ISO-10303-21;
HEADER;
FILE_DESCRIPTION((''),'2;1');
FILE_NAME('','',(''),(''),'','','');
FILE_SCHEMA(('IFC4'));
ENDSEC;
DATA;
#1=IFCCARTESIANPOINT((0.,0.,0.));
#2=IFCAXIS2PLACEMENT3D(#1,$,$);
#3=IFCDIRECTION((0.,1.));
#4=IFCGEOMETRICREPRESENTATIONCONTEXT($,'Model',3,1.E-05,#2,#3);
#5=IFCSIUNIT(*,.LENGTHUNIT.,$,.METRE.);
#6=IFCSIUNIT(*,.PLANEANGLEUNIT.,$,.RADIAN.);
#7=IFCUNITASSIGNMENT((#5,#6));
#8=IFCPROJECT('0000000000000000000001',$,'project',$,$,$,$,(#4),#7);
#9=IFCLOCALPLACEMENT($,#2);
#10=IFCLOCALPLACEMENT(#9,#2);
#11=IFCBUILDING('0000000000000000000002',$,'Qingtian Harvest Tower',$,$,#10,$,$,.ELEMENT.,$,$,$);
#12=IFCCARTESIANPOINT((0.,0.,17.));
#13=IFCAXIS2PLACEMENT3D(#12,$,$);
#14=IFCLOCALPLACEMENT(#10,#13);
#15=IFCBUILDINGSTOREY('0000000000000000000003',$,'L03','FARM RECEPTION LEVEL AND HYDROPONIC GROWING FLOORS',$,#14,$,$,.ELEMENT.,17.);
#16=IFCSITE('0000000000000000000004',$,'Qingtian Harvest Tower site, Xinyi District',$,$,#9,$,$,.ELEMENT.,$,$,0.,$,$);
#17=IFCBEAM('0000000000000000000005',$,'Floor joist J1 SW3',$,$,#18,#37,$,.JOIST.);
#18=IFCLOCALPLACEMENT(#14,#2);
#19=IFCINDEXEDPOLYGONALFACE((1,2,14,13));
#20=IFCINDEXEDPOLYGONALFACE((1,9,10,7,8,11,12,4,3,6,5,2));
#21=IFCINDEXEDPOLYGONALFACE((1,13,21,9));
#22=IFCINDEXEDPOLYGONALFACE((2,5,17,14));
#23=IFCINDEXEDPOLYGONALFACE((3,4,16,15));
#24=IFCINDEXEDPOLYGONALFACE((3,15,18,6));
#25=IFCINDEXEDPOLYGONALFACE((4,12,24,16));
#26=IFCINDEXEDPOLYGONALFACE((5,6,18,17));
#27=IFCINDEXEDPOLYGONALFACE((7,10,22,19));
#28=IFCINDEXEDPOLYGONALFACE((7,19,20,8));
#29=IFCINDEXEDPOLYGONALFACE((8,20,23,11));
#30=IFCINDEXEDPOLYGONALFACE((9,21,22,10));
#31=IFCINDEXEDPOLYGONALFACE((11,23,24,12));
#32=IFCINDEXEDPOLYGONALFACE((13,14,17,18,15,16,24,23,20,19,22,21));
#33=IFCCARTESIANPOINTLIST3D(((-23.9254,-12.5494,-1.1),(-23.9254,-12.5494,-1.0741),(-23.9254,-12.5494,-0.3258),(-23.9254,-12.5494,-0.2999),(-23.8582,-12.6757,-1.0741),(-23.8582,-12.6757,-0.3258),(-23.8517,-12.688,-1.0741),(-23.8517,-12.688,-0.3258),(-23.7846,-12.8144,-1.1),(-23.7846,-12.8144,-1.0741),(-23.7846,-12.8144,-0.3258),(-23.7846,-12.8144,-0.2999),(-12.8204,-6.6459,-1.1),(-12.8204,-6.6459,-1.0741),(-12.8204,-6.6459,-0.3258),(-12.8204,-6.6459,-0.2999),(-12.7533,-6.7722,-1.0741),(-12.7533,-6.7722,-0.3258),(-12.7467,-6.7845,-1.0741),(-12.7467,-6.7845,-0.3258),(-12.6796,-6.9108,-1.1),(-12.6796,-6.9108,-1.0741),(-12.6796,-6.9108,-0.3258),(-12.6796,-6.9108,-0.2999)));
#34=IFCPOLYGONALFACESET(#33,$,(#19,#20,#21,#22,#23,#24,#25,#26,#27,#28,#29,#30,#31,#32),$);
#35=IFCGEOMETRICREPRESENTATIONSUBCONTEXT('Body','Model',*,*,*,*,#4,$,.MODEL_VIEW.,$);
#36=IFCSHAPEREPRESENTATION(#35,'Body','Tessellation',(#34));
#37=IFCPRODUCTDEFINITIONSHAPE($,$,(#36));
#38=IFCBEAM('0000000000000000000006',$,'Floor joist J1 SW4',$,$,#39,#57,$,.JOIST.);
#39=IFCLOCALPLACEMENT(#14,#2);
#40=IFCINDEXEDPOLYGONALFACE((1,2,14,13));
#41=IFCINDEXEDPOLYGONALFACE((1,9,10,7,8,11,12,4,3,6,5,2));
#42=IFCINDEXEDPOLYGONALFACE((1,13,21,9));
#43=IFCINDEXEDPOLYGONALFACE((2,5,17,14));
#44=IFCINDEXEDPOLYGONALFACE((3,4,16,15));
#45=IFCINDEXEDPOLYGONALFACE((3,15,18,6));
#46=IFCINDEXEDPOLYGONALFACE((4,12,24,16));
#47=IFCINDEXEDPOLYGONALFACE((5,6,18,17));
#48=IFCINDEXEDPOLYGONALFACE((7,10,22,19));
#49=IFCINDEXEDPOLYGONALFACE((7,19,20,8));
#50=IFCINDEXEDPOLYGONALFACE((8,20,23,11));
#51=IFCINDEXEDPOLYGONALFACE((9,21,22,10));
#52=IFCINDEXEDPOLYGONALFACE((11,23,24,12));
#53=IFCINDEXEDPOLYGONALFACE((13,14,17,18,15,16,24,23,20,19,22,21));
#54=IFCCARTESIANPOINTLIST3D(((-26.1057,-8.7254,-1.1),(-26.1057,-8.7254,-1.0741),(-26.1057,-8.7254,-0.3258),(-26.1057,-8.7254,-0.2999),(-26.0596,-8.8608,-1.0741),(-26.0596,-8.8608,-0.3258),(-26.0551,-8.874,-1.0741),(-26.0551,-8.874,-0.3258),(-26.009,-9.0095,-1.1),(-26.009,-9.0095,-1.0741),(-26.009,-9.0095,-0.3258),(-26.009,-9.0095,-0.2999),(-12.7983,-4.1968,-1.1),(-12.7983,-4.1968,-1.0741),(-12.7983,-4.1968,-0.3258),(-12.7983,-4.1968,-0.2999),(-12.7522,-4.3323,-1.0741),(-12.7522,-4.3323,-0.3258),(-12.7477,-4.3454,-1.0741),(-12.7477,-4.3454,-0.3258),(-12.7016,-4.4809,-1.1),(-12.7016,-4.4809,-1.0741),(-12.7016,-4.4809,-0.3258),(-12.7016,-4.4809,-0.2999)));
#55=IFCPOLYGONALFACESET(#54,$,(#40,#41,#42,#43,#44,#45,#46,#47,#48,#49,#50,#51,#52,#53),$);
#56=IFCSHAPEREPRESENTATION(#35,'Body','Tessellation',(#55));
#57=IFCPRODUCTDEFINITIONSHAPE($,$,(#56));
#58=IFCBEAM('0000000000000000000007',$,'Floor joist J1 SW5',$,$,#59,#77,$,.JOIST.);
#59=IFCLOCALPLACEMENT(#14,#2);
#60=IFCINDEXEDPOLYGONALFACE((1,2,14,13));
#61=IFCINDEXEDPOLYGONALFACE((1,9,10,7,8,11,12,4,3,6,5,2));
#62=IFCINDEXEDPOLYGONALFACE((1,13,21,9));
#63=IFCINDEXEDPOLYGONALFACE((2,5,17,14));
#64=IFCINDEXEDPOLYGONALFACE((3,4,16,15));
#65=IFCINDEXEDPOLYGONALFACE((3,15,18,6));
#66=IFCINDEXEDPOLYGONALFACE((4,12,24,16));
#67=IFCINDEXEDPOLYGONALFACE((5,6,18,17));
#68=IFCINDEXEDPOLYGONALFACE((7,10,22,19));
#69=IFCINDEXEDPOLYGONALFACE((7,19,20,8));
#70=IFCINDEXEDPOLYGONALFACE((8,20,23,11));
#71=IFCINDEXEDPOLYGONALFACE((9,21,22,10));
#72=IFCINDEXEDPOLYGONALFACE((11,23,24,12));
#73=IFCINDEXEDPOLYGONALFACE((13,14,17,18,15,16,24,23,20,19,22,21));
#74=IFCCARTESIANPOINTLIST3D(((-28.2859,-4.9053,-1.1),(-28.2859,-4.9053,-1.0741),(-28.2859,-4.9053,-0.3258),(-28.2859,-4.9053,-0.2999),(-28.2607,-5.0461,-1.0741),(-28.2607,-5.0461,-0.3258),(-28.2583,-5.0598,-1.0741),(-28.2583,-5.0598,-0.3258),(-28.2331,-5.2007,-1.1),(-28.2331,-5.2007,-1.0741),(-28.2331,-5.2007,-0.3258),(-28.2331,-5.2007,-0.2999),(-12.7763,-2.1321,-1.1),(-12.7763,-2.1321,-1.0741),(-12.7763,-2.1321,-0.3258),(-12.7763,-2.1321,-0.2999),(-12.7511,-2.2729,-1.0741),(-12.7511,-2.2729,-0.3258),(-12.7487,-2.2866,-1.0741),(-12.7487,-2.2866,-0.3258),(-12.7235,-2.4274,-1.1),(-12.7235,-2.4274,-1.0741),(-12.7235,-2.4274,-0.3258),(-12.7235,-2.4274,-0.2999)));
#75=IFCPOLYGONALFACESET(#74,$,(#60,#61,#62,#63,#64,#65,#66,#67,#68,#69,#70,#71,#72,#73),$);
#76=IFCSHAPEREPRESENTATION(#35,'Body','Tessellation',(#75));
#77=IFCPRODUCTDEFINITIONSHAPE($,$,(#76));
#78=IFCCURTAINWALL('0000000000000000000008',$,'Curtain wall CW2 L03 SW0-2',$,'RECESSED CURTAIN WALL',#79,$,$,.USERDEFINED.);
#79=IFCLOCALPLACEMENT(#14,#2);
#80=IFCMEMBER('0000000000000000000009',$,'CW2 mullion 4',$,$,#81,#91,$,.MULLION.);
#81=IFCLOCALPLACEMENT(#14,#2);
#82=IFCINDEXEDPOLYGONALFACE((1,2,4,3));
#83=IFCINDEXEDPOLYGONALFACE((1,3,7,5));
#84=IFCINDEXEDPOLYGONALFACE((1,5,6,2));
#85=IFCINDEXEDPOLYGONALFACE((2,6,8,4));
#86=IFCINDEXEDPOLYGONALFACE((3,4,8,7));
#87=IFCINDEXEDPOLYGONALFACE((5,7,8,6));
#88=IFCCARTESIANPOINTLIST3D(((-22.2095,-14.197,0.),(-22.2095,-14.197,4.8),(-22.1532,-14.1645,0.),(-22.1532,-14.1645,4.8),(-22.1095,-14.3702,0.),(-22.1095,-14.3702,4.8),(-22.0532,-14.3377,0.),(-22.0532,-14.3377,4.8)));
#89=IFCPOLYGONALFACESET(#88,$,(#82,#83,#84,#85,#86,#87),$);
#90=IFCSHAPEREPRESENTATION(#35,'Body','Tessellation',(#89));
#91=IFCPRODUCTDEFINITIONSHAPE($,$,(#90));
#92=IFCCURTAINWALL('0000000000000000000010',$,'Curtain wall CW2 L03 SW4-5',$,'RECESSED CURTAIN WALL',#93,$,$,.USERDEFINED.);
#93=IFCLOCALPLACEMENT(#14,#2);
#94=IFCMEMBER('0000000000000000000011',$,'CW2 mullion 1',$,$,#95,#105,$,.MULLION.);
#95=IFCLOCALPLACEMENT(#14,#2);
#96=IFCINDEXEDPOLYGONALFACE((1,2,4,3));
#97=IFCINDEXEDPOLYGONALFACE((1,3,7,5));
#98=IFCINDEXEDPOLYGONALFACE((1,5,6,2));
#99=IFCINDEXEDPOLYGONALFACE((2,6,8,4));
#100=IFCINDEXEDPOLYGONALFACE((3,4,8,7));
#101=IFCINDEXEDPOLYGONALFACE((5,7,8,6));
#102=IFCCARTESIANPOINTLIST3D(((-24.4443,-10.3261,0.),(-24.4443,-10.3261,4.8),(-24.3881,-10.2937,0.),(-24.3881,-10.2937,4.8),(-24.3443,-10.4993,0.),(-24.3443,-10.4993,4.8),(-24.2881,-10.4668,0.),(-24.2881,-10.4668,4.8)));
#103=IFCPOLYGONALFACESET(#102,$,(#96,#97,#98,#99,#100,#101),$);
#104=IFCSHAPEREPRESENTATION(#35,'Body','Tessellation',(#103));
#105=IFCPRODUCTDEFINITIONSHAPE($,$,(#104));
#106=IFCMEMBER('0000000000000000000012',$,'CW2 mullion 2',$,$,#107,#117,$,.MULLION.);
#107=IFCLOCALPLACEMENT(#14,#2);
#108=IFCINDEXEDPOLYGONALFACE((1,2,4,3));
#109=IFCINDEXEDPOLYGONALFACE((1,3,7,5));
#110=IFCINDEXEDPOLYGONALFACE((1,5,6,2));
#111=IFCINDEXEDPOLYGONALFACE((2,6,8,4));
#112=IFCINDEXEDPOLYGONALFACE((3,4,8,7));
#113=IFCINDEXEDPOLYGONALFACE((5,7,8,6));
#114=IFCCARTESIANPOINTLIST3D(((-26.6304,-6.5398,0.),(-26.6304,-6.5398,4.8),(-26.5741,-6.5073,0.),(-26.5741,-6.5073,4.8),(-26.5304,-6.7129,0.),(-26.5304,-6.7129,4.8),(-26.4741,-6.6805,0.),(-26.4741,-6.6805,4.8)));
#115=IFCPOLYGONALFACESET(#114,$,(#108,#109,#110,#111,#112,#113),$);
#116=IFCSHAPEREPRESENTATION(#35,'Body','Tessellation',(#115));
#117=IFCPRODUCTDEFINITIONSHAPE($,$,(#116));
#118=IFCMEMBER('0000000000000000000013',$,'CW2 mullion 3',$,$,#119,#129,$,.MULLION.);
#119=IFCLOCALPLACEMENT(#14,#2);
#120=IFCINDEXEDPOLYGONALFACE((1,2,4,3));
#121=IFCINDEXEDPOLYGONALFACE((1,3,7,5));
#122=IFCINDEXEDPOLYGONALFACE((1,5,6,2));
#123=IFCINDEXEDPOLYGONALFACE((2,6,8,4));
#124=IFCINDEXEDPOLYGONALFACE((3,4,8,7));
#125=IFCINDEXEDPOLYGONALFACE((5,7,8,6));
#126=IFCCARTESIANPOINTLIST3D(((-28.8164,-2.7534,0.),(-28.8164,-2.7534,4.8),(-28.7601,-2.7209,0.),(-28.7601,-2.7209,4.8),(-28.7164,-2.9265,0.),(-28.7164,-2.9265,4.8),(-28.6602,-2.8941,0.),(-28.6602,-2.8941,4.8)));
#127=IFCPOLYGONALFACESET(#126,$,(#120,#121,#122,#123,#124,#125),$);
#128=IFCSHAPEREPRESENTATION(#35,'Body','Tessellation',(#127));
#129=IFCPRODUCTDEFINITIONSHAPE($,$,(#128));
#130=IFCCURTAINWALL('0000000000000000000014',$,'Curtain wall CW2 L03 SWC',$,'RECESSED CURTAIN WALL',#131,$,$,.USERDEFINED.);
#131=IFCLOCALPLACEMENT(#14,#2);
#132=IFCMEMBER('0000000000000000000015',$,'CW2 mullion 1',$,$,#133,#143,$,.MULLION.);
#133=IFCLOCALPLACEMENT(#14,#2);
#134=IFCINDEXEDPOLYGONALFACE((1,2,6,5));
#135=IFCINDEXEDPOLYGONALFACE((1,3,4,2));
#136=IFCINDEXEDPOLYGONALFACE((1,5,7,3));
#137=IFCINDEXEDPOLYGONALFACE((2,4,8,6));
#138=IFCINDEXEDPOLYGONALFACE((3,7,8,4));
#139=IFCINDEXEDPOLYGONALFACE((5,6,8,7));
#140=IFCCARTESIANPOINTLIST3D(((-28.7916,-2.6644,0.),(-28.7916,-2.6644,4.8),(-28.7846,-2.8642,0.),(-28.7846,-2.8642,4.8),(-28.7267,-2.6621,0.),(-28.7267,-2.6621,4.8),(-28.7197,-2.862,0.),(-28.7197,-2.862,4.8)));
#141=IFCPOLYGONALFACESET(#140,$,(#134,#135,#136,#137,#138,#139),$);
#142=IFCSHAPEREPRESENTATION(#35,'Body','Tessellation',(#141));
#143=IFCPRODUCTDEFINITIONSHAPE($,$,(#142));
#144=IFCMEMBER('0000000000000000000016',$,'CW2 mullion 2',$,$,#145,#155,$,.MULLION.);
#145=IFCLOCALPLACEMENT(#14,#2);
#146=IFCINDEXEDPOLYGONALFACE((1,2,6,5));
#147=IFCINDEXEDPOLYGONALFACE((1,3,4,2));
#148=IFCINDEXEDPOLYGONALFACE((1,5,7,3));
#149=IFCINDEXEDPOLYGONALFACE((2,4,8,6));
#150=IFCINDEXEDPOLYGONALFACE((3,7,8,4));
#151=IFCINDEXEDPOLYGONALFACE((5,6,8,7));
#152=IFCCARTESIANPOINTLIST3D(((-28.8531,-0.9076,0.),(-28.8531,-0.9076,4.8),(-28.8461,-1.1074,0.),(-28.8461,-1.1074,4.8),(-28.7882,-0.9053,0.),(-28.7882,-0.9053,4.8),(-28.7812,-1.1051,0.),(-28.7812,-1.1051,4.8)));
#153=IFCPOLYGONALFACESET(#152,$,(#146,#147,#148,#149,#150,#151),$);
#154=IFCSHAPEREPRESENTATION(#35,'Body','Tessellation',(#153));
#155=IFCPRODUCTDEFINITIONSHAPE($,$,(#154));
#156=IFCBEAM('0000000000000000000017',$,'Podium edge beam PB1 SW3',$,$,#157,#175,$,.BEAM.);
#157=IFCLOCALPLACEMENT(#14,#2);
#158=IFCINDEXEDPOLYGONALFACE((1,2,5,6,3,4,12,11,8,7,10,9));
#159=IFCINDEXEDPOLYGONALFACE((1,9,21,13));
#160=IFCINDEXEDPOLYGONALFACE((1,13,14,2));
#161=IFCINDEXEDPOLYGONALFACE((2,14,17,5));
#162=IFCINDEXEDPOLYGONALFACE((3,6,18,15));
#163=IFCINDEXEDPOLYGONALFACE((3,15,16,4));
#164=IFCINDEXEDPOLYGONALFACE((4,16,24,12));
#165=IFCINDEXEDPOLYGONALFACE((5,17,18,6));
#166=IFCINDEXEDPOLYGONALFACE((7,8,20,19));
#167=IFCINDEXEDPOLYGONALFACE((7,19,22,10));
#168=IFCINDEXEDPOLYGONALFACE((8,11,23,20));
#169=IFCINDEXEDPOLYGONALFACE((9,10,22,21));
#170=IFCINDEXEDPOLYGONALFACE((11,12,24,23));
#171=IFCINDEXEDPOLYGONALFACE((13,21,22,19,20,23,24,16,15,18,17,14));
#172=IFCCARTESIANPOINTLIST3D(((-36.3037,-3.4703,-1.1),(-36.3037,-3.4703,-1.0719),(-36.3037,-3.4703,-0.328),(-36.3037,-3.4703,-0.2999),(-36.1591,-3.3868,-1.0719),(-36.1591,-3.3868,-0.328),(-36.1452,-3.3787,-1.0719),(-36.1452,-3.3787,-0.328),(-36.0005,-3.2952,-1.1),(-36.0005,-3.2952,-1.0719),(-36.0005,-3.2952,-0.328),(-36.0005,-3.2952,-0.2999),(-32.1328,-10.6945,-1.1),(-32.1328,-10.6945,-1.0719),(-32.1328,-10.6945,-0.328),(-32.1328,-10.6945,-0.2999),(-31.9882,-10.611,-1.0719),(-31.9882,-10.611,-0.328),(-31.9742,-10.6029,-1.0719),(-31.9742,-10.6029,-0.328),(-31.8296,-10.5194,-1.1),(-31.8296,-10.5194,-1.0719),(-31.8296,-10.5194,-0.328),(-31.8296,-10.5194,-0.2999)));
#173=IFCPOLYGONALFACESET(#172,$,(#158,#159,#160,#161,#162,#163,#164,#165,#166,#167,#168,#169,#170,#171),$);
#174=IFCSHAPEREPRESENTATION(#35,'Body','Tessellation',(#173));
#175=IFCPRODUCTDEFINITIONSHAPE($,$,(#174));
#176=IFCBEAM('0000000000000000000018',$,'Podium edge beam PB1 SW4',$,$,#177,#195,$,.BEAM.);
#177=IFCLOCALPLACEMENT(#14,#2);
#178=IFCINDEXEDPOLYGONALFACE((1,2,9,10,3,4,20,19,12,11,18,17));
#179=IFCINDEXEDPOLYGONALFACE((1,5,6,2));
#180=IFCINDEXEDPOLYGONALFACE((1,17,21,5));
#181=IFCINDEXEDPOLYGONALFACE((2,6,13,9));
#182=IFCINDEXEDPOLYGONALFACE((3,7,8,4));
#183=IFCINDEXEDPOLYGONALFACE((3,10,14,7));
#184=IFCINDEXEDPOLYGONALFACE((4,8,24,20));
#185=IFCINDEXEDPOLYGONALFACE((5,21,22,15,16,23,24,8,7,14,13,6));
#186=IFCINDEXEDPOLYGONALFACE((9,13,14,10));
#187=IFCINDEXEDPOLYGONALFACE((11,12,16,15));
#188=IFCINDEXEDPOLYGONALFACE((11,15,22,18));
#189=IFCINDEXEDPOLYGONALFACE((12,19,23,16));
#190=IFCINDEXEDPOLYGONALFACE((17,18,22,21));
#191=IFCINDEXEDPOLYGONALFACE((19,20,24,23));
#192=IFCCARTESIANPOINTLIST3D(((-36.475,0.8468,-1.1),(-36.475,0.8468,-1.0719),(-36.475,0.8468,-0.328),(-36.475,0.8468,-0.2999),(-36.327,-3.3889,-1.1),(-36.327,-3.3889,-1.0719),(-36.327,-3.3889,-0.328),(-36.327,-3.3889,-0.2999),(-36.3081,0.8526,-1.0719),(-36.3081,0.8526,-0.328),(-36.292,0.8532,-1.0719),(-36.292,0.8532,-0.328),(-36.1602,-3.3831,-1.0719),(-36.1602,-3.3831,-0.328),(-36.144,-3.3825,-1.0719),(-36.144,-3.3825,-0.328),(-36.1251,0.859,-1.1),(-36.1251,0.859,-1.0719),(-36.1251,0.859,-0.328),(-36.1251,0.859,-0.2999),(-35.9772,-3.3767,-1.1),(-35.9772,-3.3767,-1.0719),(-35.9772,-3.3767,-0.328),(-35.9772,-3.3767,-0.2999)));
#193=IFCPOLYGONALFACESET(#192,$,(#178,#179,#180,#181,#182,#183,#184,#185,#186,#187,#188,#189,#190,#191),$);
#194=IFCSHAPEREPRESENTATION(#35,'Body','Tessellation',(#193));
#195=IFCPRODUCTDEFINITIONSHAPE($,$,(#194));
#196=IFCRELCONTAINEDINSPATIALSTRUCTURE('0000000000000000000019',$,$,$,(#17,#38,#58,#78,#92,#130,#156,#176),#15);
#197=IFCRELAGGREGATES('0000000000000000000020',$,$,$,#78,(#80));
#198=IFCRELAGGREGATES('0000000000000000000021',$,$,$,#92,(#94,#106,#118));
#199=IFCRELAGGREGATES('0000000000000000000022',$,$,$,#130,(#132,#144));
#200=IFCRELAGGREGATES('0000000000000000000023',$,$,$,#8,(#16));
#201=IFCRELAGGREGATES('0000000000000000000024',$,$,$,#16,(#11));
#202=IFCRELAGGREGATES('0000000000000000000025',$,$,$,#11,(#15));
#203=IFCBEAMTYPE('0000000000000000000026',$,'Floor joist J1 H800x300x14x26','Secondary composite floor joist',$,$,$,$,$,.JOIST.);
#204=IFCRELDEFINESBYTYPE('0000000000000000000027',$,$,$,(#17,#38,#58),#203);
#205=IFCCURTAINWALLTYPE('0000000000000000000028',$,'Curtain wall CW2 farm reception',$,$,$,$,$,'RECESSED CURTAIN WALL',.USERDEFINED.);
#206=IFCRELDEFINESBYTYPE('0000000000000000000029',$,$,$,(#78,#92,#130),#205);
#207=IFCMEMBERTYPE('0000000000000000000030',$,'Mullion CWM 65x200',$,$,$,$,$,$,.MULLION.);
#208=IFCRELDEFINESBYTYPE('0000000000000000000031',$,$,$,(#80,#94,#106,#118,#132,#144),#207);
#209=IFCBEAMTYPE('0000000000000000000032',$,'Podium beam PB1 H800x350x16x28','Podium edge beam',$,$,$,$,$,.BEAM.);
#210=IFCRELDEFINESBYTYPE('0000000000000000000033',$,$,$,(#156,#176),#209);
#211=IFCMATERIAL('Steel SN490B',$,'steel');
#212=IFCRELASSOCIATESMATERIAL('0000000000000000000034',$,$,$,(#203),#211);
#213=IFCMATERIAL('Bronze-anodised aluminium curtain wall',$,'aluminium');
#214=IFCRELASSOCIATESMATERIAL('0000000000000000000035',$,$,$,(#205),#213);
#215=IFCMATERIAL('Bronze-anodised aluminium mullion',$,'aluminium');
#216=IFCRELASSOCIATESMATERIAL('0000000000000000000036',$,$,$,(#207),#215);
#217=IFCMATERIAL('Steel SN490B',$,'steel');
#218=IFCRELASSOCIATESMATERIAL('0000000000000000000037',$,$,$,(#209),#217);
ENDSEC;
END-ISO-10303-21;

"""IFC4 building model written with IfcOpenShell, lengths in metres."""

from ifc_helpers import new_model, si_unit, direction, frame, origin, origin_2d, place, context, subcontext, project, spatial, rectangle, i_section, extrude, material, material_profile, profile_set, type_object, element, aggregate, save


model = new_model("IFC4")

# Units and contexts
model_context = context("Model", 3, precision=1e-05, world=origin(), true_north=direction((0.0, 1.0)))
body_context = subcontext(model_context, "Body", "Model", "MODEL_VIEW")
ifc_project = project(units=[si_unit("LENGTHUNIT", "METRE"), si_unit("PLANEANGLEUNIT", "RADIAN")], contexts=[model_context])

# Site, building, storey
site_placement = place(None, origin())
site = spatial("IfcSite", under=ifc_project, at=site_placement, Name="Qingtian Harvest Tower site, Xinyi District", CompositionType="ELEMENT", RefElevation=0.0)
building_placement = place(site_placement, origin())
building = spatial("IfcBuilding", under=site, at=building_placement, Name="Qingtian Harvest Tower", CompositionType="ELEMENT")
storey_placement = place(building_placement, frame((0.0, 0.0, 17.0)))
storey = spatial("IfcBuildingStorey", under=building, at=storey_placement, Name="L03", Description="FARM RECEPTION LEVEL AND HYDROPONIC GROWING FLOORS", CompositionType="ELEMENT", Elevation=17.0)

# Beams
ifc_material_1 = material(Name="Steel SN490B", Category="steel")
ifc_material_profile_1 = material_profile(ifc_material_1, i_section(OverallWidth=0.3, OverallDepth=0.8, WebThickness=0.0139, FlangeThickness=0.0259, at=origin_2d()), Name="H800x300x14x26")
ifc_profile_set_1 = profile_set([ifc_material_profile_1], Name="Steel SN490B")
beam_type_1 = type_object("IfcBeamType", Name="Floor joist J1 H800x300x14x26", Description="Secondary composite floor joist", PredefinedType="JOIST", material=ifc_profile_set_1)
beam_1_placement = place(storey_placement, frame((-23.855, -12.6819, -0.7), z_axis=(0.882982, 0.469406, 0.0), x_axis=(-0.469406, 0.882982, 0.0)))
element("IfcBeam", 1, at=beam_1_placement, inside=storey, type_object=beam_type_1, Name="Floor joist J1 SW3", PredefinedType="JOIST", context=body_context, shape_type="SweptSolid", body=[
    extrude(i_section(OverallWidth=0.3, OverallDepth=0.8, WebThickness=0.0139, FlangeThickness=0.0259, at=origin_2d()), origin(), (0.0, 0.0, 1.0), 12.5767),
])
beam_2_placement = place(storey_placement, frame((-26.0574, -8.8674, -0.7), z_axis=(0.946685, 0.322161, 0.0), x_axis=(-0.322161, 0.946685, 0.0)))
element("IfcBeam", 2, at=beam_2_placement, inside=storey, type_object=beam_type_1, Name="Floor joist J1 SW4", PredefinedType="JOIST", context=body_context, shape_type="SweptSolid", body=[
    extrude(i_section(OverallWidth=0.3, OverallDepth=0.8, WebThickness=0.0139, FlangeThickness=0.0259, at=origin_2d()), origin(), (0.0, 0.0, 1.0), 14.0569),
])
beam_3_placement = place(storey_placement, frame((-28.2595, -5.053, -0.7), z_axis=(0.984388, 0.176014, 0.0), x_axis=(-0.176014, 0.984388, 0.0)))
element("IfcBeam", 3, at=beam_3_placement, inside=storey, type_object=beam_type_1, Name="Floor joist J1 SW5", PredefinedType="JOIST", context=body_context, shape_type="SweptSolid", body=[
    extrude(i_section(OverallWidth=0.3, OverallDepth=0.8, WebThickness=0.0139, FlangeThickness=0.0259, at=origin_2d()), origin(), (0.0, 0.0, 1.0), 15.7556),
])

# Curtain wall, member
ifc_material_2 = material(Name="Bronze-anodised aluminium curtain wall", Category="aluminium")
curtain_wall_type = type_object("IfcCurtainWallType", Name="Curtain wall CW2 farm reception", ElementType="RECESSED CURTAIN WALL", PredefinedType="USERDEFINED", material=ifc_material_2)
curtain_wall_1_placement = place(storey_placement, origin())
curtain_wall_1 = element("IfcCurtainWall", 4, at=curtain_wall_1_placement, inside=storey, type_object=curtain_wall_type, Name="Curtain wall CW2 L03 SW0-2", ObjectType="RECESSED CURTAIN WALL", PredefinedType="USERDEFINED")
ifc_material_3 = material(Name="Bronze-anodised aluminium mullion", Category="aluminium")
ifc_material_profile_2 = material_profile(ifc_material_3, rectangle(XDim=0.0649, YDim=0.2, at=origin_2d()), Name="AL 65x200")
ifc_profile_set_2 = profile_set([ifc_material_profile_2], Name="Bronze-anodised aluminium mullion")
member_type_1 = type_object("IfcMemberType", Name="Mullion CWM 65x200", PredefinedType="MULLION", material=ifc_profile_set_2)
member_1_placement = place(storey_placement, frame((-22.1313, -14.2673, 0.0), z_axis=(0.0, 0.0, 1.0), x_axis=(-0.866025, -0.5, 0.0)))
member_1 = element("IfcMember", 5, at=member_1_placement, type_object=member_type_1, Name="CW2 mullion 4", PredefinedType="MULLION", context=body_context, shape_type="SweptSolid", body=[
    extrude(rectangle(XDim=0.0649, YDim=0.2, at=origin_2d()), origin(), (0.0, 0.0, 1.0), 4.8),
])
aggregate(curtain_wall_1, [member_1])

# Curtain walls, members
curtain_wall_2_placement = place(storey_placement, origin())
curtain_wall_2 = element("IfcCurtainWall", 6, at=curtain_wall_2_placement, inside=storey, type_object=curtain_wall_type, Name="Curtain wall CW2 L03 SW4-5", ObjectType="RECESSED CURTAIN WALL", PredefinedType="USERDEFINED")
member_2_placement = place(storey_placement, frame((-24.3662, -10.3965, 0.0), z_axis=(0.0, 0.0, 1.0), x_axis=(-0.866025, -0.5, 0.0)))
member_2 = element("IfcMember", 7, at=member_2_placement, type_object=member_type_1, Name="CW2 mullion 1", PredefinedType="MULLION", context=body_context, shape_type="SweptSolid", body=[
    extrude(rectangle(XDim=0.0649, YDim=0.2, at=origin_2d()), origin(), (0.0, 0.0, 1.0), 4.8),
])
member_3_placement = place(storey_placement, frame((-26.5522, -6.6101, 0.0), z_axis=(0.0, 0.0, 1.0), x_axis=(-0.866025, -0.5, 0.0)))
member_3 = element("IfcMember", 8, at=member_3_placement, type_object=member_type_1, Name="CW2 mullion 2", PredefinedType="MULLION", context=body_context, shape_type="SweptSolid", body=[
    extrude(rectangle(XDim=0.0649, YDim=0.2, at=origin_2d()), origin(), (0.0, 0.0, 1.0), 4.8),
])
member_4_placement = place(storey_placement, frame((-28.7383, -2.8237, 0.0), z_axis=(0.0, 0.0, 1.0), x_axis=(-0.866025, -0.5, 0.0)))
member_4 = element("IfcMember", 9, at=member_4_placement, type_object=member_type_1, Name="CW2 mullion 3", PredefinedType="MULLION", context=body_context, shape_type="SweptSolid", body=[
    extrude(rectangle(XDim=0.0649, YDim=0.2, at=origin_2d()), origin(), (0.0, 0.0, 1.0), 4.8),
])
curtain_wall_3_placement = place(storey_placement, origin())
curtain_wall_3 = element("IfcCurtainWall", 10, at=curtain_wall_3_placement, inside=storey, type_object=curtain_wall_type, Name="Curtain wall CW2 L03 SWC", ObjectType="RECESSED CURTAIN WALL", PredefinedType="USERDEFINED")
member_5_placement = place(storey_placement, frame((-28.7556, -2.7632, 0.0), z_axis=(0.0, 0.0, 1.0), x_axis=(-0.999391, -0.034899, 0.0)))
member_5 = element("IfcMember", 11, at=member_5_placement, type_object=member_type_1, Name="CW2 mullion 1", PredefinedType="MULLION", context=body_context, shape_type="SweptSolid", body=[
    extrude(rectangle(XDim=0.0649, YDim=0.2, at=origin_2d()), origin(), (0.0, 0.0, 1.0), 4.8),
])
member_6_placement = place(storey_placement, frame((-28.8171, -1.0063, 0.0), z_axis=(0.0, 0.0, 1.0), x_axis=(-0.999391, -0.034899, 0.0)))
member_6 = element("IfcMember", 12, at=member_6_placement, type_object=member_type_1, Name="CW2 mullion 2", PredefinedType="MULLION", context=body_context, shape_type="SweptSolid", body=[
    extrude(rectangle(XDim=0.0649, YDim=0.2, at=origin_2d()), origin(), (0.0, 0.0, 1.0), 4.8),
])

# Beams
ifc_material_4 = material(Name="Steel SN490B", Category="steel")
ifc_material_profile_3 = material_profile(ifc_material_4, i_section(OverallWidth=0.3501, OverallDepth=0.8, WebThickness=0.0161, FlangeThickness=0.0281, at=origin_2d()), Name="H800x350x16x28")
ifc_profile_set_3 = profile_set([ifc_material_profile_3], Name="Steel SN490B")
beam_type_2 = type_object("IfcBeamType", Name="Podium beam PB1 H800x350x16x28", Description="Podium edge beam", PredefinedType="BEAM", material=ifc_profile_set_3)
beam_4_placement = place(storey_placement, frame((-31.9812, -10.6069, -0.7), z_axis=(-0.500005, 0.866023, 0.0), x_axis=(-0.866023, -0.500005, 0.0)))
element("IfcBeam", 13, at=beam_4_placement, inside=storey, type_object=beam_type_2, Name="Podium edge beam PB1 SW3", PredefinedType="BEAM", context=body_context, shape_type="SweptSolid", body=[
    extrude(i_section(OverallWidth=0.3501, OverallDepth=0.8, WebThickness=0.0161, FlangeThickness=0.0281, at=origin_2d()), origin(), (0.0, 0.0, 1.0), 8.3418),
])
beam_5_placement = place(storey_placement, frame((-36.1521, -3.3828, -0.7), z_axis=(-0.034909, 0.999391, 0.0), x_axis=(-0.999391, -0.034909, 0.0)))
element("IfcBeam", 14, at=beam_5_placement, inside=storey, type_object=beam_type_2, Name="Podium edge beam PB1 SW4", PredefinedType="BEAM", context=body_context, shape_type="SweptSolid", body=[
    extrude(i_section(OverallWidth=0.3501, OverallDepth=0.8, WebThickness=0.0161, FlangeThickness=0.0281, at=origin_2d()), origin(), (0.0, 0.0, 1.0), 4.2383),
])

aggregate(curtain_wall_2, [member_2, member_3, member_4])
aggregate(curtain_wall_3, [member_5, member_6])

save(model, "model.ifc")
